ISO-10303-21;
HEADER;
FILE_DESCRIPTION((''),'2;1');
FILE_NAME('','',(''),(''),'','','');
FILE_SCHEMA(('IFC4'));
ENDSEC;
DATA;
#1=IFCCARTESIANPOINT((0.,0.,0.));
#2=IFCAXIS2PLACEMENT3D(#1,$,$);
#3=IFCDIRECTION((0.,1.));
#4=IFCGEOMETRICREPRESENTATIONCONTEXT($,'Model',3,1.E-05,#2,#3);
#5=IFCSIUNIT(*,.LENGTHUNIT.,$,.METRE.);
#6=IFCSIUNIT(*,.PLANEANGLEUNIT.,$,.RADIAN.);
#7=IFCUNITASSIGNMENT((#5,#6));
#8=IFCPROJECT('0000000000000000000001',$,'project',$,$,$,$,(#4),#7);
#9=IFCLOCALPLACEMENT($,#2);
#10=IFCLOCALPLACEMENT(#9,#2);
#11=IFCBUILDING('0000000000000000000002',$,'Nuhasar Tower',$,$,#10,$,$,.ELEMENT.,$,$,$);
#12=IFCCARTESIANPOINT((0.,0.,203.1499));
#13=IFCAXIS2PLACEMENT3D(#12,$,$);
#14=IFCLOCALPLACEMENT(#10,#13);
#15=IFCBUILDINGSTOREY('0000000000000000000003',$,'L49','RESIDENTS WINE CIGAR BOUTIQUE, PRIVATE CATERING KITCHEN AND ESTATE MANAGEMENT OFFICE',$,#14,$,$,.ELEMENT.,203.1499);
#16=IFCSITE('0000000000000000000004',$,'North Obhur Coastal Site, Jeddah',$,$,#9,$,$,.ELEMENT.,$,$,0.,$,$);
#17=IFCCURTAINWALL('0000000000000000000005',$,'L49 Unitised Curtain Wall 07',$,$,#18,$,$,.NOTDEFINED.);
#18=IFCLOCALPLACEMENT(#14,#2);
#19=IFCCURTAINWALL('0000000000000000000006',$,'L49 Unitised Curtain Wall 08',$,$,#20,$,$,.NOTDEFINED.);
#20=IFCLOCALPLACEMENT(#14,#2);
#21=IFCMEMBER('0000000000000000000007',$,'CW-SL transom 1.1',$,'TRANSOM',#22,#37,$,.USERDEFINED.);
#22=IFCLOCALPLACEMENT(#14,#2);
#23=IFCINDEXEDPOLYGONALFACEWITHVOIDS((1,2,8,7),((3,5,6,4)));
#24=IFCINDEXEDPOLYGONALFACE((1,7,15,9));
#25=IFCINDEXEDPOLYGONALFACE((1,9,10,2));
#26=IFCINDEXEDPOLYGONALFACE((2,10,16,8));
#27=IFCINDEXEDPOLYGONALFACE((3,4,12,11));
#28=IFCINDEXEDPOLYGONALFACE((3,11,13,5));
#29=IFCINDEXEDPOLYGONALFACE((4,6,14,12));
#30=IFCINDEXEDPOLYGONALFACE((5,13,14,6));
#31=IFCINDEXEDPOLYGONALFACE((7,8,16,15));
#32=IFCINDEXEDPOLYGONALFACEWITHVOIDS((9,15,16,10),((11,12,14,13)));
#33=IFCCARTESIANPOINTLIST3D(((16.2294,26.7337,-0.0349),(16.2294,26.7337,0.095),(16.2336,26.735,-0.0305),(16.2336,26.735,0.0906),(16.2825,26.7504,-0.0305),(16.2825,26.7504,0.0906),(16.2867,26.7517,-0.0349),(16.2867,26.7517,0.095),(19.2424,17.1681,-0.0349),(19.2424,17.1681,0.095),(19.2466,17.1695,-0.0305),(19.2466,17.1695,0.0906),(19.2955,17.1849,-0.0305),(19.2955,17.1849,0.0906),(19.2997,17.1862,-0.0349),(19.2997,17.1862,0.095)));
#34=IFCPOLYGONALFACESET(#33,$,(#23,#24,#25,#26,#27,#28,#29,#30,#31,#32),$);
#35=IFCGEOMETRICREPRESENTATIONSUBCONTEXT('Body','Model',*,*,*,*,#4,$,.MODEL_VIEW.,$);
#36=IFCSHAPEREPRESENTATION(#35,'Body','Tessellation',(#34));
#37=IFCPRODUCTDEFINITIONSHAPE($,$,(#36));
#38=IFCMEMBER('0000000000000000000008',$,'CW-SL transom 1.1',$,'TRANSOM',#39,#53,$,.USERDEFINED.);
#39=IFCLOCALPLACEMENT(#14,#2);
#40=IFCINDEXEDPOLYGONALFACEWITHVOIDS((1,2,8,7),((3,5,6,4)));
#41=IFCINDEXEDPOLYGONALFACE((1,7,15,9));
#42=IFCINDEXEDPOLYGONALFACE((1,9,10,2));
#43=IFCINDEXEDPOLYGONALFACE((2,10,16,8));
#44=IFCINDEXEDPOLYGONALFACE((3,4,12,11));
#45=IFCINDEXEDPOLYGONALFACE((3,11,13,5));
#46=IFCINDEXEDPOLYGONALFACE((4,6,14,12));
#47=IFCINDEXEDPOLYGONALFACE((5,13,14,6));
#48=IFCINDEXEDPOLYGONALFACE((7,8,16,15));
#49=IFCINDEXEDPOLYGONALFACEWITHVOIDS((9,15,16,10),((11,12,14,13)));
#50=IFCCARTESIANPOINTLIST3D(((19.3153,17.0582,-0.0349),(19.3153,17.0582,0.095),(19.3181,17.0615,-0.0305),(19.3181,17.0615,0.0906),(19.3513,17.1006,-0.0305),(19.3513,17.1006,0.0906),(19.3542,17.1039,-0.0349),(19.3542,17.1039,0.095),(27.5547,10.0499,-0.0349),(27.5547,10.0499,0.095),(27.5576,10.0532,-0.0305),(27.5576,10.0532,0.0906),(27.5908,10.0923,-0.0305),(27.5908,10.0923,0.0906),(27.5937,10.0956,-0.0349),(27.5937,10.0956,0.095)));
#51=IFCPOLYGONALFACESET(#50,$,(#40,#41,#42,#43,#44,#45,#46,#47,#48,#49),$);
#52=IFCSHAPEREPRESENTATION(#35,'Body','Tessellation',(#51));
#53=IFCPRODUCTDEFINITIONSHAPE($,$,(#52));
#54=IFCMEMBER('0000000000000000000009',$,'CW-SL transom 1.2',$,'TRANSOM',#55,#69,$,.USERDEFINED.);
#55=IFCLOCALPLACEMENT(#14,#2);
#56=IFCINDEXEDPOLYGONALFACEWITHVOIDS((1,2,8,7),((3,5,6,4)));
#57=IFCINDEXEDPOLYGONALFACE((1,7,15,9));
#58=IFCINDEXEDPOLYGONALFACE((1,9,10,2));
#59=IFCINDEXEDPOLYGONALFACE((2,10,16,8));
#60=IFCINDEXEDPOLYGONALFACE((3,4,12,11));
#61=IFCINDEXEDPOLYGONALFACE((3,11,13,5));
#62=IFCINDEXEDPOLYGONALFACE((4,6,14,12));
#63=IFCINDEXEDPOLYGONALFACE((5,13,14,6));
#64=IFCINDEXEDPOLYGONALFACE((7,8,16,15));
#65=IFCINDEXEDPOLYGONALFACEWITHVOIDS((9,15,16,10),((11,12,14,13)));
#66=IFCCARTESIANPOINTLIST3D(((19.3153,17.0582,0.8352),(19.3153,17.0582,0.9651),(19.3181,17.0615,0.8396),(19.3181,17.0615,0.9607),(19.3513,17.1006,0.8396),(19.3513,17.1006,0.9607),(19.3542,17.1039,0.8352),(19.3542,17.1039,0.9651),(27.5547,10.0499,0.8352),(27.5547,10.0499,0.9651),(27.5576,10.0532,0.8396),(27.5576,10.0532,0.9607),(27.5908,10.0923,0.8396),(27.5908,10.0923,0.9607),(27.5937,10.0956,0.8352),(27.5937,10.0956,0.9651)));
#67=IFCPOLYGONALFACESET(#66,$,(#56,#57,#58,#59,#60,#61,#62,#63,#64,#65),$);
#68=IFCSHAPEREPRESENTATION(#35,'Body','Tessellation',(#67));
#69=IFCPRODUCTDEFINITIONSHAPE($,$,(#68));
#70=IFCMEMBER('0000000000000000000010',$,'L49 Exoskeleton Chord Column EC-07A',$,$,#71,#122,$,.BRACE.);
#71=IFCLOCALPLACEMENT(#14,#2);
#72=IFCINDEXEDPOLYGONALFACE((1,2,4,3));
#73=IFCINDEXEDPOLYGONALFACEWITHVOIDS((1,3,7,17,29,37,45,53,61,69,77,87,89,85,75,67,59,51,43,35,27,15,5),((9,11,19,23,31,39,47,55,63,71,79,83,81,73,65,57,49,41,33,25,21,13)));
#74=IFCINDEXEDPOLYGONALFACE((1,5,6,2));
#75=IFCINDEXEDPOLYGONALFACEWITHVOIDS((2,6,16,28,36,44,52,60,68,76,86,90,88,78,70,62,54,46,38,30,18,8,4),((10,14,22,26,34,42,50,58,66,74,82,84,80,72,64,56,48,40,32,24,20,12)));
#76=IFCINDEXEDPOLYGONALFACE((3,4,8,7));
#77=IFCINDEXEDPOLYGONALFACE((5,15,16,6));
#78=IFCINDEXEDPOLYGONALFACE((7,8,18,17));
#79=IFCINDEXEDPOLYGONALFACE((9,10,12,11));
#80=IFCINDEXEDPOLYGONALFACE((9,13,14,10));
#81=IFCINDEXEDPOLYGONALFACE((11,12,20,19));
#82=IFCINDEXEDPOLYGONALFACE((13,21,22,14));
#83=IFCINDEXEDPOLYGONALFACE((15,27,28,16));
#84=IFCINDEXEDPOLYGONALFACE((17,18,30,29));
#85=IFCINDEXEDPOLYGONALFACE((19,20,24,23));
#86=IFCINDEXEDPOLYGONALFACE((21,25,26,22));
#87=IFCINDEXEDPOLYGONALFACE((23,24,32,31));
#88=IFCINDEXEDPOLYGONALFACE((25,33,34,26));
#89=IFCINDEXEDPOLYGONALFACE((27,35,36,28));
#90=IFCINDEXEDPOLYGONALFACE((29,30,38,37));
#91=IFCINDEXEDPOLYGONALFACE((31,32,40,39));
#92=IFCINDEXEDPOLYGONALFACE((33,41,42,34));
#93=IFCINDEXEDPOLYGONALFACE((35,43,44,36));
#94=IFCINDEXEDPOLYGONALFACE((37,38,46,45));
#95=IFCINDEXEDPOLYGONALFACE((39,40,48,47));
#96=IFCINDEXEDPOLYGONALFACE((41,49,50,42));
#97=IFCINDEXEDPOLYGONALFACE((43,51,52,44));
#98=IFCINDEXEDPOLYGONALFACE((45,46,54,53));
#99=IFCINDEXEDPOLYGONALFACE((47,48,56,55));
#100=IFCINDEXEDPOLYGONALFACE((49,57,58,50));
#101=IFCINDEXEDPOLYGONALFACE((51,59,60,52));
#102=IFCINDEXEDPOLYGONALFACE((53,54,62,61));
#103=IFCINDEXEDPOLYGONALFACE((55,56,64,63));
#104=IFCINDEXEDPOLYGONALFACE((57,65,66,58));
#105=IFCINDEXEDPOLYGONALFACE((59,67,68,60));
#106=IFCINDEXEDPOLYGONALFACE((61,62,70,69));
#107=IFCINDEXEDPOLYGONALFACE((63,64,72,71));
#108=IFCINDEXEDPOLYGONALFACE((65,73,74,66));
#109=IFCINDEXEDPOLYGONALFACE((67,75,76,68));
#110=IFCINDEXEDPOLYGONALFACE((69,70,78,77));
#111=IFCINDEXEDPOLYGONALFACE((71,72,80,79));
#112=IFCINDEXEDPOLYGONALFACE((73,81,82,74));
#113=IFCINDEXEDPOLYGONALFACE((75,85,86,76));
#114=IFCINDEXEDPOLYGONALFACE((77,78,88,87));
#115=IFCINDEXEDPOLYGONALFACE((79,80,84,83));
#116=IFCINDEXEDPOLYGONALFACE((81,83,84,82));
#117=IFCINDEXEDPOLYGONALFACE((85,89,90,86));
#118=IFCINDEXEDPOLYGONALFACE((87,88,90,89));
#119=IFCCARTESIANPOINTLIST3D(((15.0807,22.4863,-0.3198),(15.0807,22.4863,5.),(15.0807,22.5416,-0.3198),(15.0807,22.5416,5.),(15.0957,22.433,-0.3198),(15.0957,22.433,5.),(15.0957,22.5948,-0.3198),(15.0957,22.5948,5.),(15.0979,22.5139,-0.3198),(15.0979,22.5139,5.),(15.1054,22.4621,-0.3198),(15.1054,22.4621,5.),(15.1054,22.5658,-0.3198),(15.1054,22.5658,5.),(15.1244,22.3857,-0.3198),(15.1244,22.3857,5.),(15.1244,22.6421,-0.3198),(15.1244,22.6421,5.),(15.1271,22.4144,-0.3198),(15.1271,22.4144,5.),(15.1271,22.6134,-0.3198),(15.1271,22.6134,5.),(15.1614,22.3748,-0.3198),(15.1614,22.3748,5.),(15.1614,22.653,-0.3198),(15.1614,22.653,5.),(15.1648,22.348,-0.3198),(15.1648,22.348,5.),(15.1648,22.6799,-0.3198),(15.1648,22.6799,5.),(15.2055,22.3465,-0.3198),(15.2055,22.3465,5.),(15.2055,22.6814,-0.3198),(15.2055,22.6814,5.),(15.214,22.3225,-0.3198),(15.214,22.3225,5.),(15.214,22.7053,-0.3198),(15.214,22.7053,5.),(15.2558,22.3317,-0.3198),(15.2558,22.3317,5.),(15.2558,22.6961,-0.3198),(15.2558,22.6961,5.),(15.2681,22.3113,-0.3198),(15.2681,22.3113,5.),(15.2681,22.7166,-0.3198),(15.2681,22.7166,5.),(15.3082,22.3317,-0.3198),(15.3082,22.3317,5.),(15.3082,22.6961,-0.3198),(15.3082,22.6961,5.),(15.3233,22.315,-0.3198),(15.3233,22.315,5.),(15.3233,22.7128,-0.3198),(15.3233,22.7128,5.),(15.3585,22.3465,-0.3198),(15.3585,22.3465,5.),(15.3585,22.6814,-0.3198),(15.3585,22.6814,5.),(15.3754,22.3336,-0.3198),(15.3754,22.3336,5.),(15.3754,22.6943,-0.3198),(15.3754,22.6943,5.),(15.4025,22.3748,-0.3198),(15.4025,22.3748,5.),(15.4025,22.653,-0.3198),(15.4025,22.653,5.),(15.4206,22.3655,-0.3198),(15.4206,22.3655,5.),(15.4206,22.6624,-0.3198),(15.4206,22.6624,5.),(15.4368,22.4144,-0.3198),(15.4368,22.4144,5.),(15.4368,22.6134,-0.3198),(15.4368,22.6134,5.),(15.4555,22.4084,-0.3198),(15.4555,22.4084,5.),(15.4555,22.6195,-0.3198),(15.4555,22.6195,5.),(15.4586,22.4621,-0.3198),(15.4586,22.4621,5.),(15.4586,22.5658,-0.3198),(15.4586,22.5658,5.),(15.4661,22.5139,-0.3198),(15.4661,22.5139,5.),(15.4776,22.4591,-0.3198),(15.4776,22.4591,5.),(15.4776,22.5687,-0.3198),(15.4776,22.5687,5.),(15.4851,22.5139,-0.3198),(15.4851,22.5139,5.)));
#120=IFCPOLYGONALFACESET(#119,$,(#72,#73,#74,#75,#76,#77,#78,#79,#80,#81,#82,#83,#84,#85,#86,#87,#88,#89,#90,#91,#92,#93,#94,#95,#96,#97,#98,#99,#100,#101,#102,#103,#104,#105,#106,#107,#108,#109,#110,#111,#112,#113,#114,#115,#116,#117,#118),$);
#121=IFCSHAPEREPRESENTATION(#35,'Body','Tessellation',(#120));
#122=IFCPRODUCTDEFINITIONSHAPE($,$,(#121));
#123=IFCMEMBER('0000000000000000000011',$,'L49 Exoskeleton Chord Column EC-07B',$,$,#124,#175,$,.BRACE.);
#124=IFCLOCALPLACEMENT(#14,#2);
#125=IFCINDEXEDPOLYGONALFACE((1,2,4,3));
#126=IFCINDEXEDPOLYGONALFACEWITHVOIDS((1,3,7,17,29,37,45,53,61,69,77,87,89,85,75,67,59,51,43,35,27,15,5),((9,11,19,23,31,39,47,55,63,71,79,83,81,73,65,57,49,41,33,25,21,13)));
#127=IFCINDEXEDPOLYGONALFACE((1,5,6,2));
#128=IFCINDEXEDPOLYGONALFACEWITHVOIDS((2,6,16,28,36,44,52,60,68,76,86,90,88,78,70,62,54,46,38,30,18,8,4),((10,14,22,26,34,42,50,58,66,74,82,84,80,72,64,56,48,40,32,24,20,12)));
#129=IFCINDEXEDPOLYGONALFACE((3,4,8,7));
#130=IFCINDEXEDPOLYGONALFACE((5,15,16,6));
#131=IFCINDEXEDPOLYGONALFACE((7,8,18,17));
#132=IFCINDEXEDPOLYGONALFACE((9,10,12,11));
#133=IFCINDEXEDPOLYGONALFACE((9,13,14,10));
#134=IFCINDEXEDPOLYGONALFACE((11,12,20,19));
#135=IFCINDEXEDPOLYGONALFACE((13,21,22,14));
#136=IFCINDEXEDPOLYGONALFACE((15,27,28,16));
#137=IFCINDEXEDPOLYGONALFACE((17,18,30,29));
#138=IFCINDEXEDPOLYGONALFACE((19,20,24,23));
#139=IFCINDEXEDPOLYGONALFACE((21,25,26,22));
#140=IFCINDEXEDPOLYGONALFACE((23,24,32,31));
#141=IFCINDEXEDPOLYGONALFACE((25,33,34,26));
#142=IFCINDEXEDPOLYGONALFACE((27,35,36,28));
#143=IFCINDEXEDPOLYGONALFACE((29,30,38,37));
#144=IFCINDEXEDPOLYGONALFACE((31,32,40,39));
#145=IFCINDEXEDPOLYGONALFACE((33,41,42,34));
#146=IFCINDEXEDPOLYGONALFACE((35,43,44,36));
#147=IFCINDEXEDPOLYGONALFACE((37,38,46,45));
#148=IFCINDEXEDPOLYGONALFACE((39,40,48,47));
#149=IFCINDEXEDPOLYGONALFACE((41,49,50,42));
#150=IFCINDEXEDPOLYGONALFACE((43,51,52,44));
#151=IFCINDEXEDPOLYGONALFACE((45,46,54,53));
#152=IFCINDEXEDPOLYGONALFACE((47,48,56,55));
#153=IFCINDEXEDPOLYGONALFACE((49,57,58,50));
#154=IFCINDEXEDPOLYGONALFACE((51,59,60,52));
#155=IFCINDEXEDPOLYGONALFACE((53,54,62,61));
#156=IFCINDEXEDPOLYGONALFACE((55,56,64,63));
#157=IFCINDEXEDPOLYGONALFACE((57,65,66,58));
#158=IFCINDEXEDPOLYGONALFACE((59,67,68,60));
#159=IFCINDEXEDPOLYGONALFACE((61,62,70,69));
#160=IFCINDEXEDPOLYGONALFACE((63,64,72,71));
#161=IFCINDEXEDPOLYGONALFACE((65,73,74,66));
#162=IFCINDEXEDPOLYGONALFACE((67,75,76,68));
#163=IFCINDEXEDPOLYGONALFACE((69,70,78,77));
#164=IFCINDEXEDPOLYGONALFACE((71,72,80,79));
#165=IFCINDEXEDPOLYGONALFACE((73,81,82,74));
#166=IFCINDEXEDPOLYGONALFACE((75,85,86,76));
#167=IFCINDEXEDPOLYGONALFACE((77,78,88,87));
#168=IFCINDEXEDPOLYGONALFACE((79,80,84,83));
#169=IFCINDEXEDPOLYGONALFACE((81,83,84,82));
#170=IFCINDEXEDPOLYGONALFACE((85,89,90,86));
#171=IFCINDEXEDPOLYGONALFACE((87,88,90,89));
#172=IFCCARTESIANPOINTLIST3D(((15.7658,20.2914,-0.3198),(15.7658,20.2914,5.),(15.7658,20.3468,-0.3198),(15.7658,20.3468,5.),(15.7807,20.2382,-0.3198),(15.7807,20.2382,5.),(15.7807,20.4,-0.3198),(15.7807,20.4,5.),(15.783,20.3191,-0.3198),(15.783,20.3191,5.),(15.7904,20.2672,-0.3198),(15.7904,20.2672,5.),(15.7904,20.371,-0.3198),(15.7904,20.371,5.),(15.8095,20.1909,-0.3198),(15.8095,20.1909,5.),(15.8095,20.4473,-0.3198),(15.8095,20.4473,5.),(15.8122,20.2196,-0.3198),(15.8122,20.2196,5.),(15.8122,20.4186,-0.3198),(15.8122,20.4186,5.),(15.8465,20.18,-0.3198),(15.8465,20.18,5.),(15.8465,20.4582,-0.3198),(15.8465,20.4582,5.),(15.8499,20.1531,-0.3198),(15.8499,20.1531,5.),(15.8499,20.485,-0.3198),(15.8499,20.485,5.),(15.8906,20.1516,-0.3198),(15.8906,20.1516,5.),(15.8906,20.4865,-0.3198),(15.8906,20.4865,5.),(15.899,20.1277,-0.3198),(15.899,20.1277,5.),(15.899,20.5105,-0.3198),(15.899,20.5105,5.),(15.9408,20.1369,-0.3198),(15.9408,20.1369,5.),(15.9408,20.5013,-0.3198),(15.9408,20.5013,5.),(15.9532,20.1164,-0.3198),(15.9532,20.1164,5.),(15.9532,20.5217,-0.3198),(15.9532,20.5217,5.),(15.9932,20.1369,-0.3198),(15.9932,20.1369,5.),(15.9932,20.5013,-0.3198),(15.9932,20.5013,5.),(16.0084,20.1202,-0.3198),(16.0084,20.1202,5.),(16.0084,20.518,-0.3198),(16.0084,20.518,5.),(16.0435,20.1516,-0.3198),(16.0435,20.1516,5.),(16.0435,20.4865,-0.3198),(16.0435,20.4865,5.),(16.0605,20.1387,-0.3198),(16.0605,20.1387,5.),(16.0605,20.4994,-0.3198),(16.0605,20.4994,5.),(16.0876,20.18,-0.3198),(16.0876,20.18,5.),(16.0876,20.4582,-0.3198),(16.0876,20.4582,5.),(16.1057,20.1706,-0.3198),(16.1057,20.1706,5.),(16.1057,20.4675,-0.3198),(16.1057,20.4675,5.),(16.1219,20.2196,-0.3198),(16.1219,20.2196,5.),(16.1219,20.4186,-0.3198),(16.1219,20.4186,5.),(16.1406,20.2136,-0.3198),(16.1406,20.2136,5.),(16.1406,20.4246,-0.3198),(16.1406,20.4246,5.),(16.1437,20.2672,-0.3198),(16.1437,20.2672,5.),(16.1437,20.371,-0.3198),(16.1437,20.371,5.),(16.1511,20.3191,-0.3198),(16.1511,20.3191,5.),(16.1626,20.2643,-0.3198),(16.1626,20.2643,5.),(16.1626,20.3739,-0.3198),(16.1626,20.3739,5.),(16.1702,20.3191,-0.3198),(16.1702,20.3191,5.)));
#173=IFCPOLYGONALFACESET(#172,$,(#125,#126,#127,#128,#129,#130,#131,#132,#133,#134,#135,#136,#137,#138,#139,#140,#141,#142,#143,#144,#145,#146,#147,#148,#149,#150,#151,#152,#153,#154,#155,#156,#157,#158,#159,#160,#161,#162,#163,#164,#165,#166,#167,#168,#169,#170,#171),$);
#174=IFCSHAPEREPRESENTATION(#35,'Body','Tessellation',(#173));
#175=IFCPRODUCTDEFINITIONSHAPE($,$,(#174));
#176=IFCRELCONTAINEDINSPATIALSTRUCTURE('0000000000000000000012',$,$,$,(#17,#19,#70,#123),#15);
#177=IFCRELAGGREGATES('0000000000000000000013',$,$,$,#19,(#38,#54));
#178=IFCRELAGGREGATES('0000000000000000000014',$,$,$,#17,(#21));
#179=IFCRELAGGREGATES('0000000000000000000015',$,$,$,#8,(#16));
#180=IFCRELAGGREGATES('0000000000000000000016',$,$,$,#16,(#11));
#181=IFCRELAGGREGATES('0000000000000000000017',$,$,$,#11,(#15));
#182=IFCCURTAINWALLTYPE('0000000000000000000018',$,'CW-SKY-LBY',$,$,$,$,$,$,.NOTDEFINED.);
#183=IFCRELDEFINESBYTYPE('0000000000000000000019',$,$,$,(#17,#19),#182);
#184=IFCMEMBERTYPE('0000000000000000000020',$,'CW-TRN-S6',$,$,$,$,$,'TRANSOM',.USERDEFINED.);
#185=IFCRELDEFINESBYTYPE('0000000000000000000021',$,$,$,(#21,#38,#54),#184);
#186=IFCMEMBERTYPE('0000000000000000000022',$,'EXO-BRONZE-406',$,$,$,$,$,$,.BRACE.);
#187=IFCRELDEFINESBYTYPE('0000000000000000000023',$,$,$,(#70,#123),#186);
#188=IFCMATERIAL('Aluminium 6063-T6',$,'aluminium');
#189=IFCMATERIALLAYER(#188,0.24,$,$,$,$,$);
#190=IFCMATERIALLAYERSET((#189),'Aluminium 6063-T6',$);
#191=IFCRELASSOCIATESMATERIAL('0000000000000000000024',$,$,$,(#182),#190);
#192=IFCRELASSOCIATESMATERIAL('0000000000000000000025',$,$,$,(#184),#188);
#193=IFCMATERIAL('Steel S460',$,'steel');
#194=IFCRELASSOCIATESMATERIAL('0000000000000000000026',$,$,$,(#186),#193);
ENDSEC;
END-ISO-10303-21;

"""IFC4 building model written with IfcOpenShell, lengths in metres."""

from ifc_helpers import new_model, si_unit, direction, frame, origin, origin_2d, place, context, subcontext, project, spatial, hollow_rectangle, hollow_circle, extrude, material, layer, layer_set, material_profile, profile_set, type_object, element, aggregate, save


model = new_model("IFC4")

# Units and contexts
model_context = context("Model", 3, precision=1e-05, world=origin(), true_north=direction((0.0, 1.0)))
body_context = subcontext(model_context, "Body", "Model", "MODEL_VIEW")
ifc_project = project(units=[si_unit("LENGTHUNIT", "METRE"), si_unit("PLANEANGLEUNIT", "RADIAN")], contexts=[model_context])

# Site, building, storey
site_placement = place(None, origin())
site = spatial("IfcSite", under=ifc_project, at=site_placement, Name="North Obhur Coastal Site, Jeddah", CompositionType="ELEMENT", RefElevation=0.0)
building_placement = place(site_placement, origin())
building = spatial("IfcBuilding", under=site, at=building_placement, Name="Nuhasar Tower", CompositionType="ELEMENT")
storey_placement = place(building_placement, frame((0.0, 0.0, 203.1499)))
storey = spatial("IfcBuildingStorey", under=building, at=storey_placement, Name="L49", Description="RESIDENTS WINE CIGAR BOUTIQUE, PRIVATE CATERING KITCHEN AND ESTATE MANAGEMENT OFFICE", CompositionType="ELEMENT", Elevation=203.1499)

# Shared definitions
ifc_material_1 = material(Name="Steel S460", Category="steel")

# Curtain walls
ifc_material_2 = material(Name="Aluminium 6063-T6", Category="aluminium")
ifc_layer_1 = layer(ifc_material_2, 0.24)
ifc_layer_set_1 = layer_set([ifc_layer_1], Name="Aluminium 6063-T6")
curtain_wall_type = type_object("IfcCurtainWallType", Name="CW-SKY-LBY", PredefinedType="NOTDEFINED", material=ifc_layer_set_1)
curtain_wall_1_placement = place(storey_placement, origin())
curtain_wall_1 = element("IfcCurtainWall", 1, at=curtain_wall_1_placement, inside=storey, type_object=curtain_wall_type, Name="L49 Unitised Curtain Wall 07", PredefinedType="NOTDEFINED")
curtain_wall_2_placement = place(storey_placement, origin())
curtain_wall_2 = element("IfcCurtainWall", 2, at=curtain_wall_2_placement, inside=storey, type_object=curtain_wall_type, Name="L49 Unitised Curtain Wall 08", PredefinedType="NOTDEFINED")

# Members
ifc_material_profile_1 = material_profile(ifc_material_2, hollow_rectangle(XDim=0.0601, YDim=0.1299, WallThickness=0.0044, at=origin_2d()), Name="CWT-6")
ifc_profile_set_1 = profile_set([ifc_material_profile_1], Name="Aluminium 6063-T6")
member_type_1 = type_object("IfcMemberType", Name="CW-TRN-S6", ElementType="TRANSOM", PredefinedType="USERDEFINED", material=ifc_profile_set_1)
member_1_placement = place(storey_placement, frame((16.2581, 26.7427, 0.03), z_axis=(0.300431, -0.953804, 0.0), x_axis=(0.953804, 0.300431, 0.0)))
member_1 = element("IfcMember", 3, at=member_1_placement, type_object=member_type_1, Name="CW-SL transom 1.1", ObjectType="TRANSOM", PredefinedType="USERDEFINED", context=body_context, shape_type="SweptSolid", body=[
    extrude(hollow_rectangle(XDim=0.0601, YDim=0.1299, WallThickness=0.0044, at=origin_2d()), origin(), (0.0, 0.0, 1.0), 10.0288),
])
member_2_placement = place(storey_placement, frame((19.3347, 17.0811, 0.03), z_axis=(0.761724, -0.647902, 0.0), x_axis=(0.647902, 0.761724, 0.0)))
member_2 = element("IfcMember", 4, at=member_2_placement, type_object=member_type_1, Name="CW-SL transom 1.1", ObjectType="TRANSOM", PredefinedType="USERDEFINED", context=body_context, shape_type="SweptSolid", body=[
    extrude(hollow_rectangle(XDim=0.0601, YDim=0.1299, WallThickness=0.0044, at=origin_2d()), origin(), (0.0, 0.0, 1.0), 10.8169),
])
member_3_placement = place(storey_placement, frame((19.3347, 17.0811, 0.9001), z_axis=(0.761724, -0.647902, 0.0), x_axis=(0.647902, 0.761724, 0.0)))
member_3 = element("IfcMember", 5, at=member_3_placement, type_object=member_type_1, Name="CW-SL transom 1.2", ObjectType="TRANSOM", PredefinedType="USERDEFINED", context=body_context, shape_type="SweptSolid", body=[
    extrude(hollow_rectangle(XDim=0.0601, YDim=0.1299, WallThickness=0.0044, at=origin_2d()), origin(), (0.0, 0.0, 1.0), 10.8169),
])
aggregate(curtain_wall_2, [member_2, member_3])

# Members
ifc_material_profile_2 = material_profile(ifc_material_1, hollow_circle(Radius=0.2031, WallThickness=0.019, at=origin_2d()), Name="HSS406.4X19.1")
ifc_profile_set_2 = profile_set([ifc_material_profile_2], Name="Steel S460")
member_type_2 = type_object("IfcMemberType", Name="EXO-BRONZE-406", PredefinedType="BRACE", material=ifc_profile_set_2)
for number, where, z_axis, x_axis, name in (
    (6, (15.282, 22.5139, -0.3198), (0.0, 0.0, 1.0), (1.0, 0.0, 0.0), "L49 Exoskeleton Chord Column EC-07A"),
    (7, (15.967, 20.3191, -0.3198), (0.0, 0.0, 1.0), (1.0, 0.0, 0.0), "L49 Exoskeleton Chord Column EC-07B"),
):
    element("IfcMember", number, at=place(storey_placement, frame(where, z_axis=z_axis, x_axis=x_axis)), inside=storey, type_object=member_type_2, Name=name, PredefinedType="BRACE", context=body_context, shape_type="SweptSolid", body=[
        extrude(hollow_circle(Radius=0.2031, WallThickness=0.019, at=origin_2d()), origin(), (0.0, 0.0, 1.0), 5.3198),
    ])

aggregate(curtain_wall_1, [member_1])

save(model, "model.ifc")
